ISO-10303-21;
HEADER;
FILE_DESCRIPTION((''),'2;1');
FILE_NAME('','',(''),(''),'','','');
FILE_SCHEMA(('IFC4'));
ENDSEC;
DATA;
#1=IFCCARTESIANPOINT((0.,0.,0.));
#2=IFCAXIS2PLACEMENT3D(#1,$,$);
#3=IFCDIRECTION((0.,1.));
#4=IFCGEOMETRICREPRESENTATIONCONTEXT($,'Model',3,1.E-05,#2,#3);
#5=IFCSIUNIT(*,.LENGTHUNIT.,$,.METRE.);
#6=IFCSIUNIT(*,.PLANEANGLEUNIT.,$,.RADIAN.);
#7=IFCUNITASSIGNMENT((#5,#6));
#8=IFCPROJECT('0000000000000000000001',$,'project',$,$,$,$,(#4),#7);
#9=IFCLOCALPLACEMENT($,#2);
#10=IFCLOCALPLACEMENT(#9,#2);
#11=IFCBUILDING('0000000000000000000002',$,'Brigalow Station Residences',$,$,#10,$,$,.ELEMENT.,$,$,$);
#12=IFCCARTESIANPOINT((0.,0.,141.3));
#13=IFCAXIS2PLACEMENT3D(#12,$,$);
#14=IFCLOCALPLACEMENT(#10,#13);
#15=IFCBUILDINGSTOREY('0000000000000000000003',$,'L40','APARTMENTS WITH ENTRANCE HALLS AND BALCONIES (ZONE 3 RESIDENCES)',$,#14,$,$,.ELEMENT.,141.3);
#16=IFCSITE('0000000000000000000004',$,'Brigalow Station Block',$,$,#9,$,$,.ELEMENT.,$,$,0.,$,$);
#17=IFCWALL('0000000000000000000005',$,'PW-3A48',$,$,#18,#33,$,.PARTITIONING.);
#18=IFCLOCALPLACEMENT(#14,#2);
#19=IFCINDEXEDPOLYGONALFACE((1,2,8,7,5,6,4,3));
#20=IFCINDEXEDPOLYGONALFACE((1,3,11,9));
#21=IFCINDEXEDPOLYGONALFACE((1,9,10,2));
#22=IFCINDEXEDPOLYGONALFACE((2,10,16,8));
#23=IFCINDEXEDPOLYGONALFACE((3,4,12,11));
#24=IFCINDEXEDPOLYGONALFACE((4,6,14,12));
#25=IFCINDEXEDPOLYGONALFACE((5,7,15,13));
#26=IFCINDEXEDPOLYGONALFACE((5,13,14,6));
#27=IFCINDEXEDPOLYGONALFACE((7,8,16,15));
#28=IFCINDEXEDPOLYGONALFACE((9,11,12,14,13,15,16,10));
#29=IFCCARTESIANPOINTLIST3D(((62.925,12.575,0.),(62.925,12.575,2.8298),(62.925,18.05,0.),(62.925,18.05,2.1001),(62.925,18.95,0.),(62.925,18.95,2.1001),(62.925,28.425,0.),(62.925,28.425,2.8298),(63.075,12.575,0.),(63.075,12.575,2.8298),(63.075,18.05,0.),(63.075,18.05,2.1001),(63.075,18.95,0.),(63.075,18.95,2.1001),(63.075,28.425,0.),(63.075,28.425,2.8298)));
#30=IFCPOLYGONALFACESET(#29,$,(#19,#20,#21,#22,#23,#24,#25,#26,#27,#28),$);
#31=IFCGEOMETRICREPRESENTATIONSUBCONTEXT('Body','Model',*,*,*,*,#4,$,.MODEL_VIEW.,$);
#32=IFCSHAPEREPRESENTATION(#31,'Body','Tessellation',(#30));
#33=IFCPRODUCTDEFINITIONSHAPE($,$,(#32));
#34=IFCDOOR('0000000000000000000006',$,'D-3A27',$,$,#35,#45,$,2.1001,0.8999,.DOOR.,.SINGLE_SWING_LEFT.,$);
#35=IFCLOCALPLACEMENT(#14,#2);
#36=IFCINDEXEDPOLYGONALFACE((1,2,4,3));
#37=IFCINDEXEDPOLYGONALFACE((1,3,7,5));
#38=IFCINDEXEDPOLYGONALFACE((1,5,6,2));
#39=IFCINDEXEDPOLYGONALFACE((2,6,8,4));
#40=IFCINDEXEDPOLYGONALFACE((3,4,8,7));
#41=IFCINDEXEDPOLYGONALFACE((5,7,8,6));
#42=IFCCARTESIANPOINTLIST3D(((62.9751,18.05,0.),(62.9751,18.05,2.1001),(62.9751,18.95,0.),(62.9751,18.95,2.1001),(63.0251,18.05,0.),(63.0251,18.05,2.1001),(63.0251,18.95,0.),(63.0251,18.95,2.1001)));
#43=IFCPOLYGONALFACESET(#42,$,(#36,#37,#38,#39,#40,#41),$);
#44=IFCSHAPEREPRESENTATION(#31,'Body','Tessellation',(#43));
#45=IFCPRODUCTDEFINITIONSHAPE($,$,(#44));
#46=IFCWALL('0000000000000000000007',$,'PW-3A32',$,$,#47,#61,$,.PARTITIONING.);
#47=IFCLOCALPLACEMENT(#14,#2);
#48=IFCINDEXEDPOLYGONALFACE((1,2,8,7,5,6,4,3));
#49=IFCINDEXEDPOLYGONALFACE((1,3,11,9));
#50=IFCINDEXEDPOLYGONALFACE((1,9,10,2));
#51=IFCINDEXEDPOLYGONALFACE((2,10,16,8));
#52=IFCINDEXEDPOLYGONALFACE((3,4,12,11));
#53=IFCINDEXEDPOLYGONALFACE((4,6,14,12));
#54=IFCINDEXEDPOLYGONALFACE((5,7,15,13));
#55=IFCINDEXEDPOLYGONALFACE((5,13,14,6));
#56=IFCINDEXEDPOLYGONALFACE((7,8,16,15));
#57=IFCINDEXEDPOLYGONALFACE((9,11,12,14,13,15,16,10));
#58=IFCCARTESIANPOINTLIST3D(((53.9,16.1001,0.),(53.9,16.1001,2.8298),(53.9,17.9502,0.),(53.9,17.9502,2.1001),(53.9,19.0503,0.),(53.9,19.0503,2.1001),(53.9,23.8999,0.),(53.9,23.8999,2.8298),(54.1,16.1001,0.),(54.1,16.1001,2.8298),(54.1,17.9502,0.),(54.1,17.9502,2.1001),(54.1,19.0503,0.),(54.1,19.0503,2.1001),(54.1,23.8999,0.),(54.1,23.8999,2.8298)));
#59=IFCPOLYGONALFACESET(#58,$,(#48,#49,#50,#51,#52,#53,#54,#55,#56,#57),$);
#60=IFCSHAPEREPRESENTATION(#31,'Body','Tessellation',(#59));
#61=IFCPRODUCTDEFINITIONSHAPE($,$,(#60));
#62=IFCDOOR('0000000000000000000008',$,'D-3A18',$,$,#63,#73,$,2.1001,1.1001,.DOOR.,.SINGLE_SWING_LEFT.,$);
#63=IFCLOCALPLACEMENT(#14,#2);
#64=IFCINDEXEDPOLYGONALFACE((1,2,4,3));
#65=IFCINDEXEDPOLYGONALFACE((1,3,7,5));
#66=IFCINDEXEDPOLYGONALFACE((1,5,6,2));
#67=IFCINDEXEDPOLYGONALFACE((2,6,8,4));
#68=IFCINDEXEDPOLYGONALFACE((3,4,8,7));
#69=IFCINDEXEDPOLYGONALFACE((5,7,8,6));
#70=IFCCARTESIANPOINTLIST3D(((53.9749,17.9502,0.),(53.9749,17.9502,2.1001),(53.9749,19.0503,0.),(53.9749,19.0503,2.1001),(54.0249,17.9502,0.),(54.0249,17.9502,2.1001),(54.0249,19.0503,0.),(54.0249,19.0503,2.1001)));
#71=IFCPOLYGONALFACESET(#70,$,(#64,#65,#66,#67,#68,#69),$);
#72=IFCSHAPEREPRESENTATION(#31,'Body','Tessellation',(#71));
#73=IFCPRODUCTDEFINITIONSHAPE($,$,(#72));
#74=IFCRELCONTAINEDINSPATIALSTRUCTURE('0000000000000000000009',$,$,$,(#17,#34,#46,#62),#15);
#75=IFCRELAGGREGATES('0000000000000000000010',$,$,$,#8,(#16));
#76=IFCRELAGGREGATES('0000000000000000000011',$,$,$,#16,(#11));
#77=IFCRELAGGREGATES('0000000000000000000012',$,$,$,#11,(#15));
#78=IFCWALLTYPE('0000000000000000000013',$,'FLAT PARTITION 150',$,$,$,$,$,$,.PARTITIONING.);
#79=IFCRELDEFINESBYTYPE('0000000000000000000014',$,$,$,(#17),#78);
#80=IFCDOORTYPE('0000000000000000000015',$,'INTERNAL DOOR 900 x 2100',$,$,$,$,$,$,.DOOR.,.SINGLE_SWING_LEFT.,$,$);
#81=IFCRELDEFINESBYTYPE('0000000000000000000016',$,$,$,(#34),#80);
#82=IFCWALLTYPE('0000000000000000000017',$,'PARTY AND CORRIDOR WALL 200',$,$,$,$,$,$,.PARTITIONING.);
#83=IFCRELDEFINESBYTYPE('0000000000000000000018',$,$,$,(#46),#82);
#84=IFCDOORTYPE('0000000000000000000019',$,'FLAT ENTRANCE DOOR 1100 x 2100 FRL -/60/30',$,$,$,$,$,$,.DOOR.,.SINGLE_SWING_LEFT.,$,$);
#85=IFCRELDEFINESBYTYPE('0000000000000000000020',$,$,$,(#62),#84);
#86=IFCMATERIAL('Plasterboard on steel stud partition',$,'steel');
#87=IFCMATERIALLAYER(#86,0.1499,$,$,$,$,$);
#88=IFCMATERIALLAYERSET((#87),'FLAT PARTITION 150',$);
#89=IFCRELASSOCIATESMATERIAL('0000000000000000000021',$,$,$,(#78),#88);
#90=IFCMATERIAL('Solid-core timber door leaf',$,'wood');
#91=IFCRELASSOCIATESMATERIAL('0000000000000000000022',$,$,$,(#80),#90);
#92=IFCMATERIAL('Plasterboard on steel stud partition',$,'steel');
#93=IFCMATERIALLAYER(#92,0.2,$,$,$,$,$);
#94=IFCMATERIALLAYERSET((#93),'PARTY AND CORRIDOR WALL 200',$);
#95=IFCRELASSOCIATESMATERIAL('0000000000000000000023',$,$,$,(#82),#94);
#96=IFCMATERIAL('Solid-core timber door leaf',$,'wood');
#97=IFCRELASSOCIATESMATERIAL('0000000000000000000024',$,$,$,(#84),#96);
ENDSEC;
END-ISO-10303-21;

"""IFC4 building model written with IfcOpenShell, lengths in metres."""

from ifc_helpers import new_model, si_unit, direction, frame, frame_2d, origin, place, context, subcontext, project, spatial, rectangle, extrude, material, layer, layer_set, type_object, element, fill, save


model = new_model("IFC4")

# Units and contexts
model_context = context("Model", 3, precision=1e-05, world=origin(), true_north=direction((0.0, 1.0)))
body_context = subcontext(model_context, "Body", "Model", "MODEL_VIEW")
ifc_project = project(units=[si_unit("LENGTHUNIT", "METRE"), si_unit("PLANEANGLEUNIT", "RADIAN")], contexts=[model_context])

# Site, building, storey
site_placement = place(None, origin())
site = spatial("IfcSite", under=ifc_project, at=site_placement, Name="Brigalow Station Block", CompositionType="ELEMENT", RefElevation=0.0)
building_placement = place(site_placement, origin())
building = spatial("IfcBuilding", under=site, at=building_placement, Name="Brigalow Station Residences", CompositionType="ELEMENT")
storey_placement = place(building_placement, frame((0.0, 0.0, 141.3)))
storey = spatial("IfcBuildingStorey", under=building, at=storey_placement, Name="L40", Description="APARTMENTS WITH ENTRANCE HALLS AND BALCONIES (ZONE 3 RESIDENCES)", CompositionType="ELEMENT", Elevation=141.3)

# Shared definitions
ifc_material_1 = material(Name="Plasterboard on steel stud partition", Category="steel")
ifc_layer_1 = layer(ifc_material_1, 0.1499)
ifc_layer_set_1 = layer_set([ifc_layer_1], Name="FLAT PARTITION 150")
wall_type_1 = type_object("IfcWallType", Name="FLAT PARTITION 150", PredefinedType="PARTITIONING", material=ifc_layer_set_1)
ifc_material_2 = material(Name="Solid-core timber door leaf", Category="wood")
door_type_1 = type_object("IfcDoorType", Name="INTERNAL DOOR 900 x 2100", OperationType="SINGLE_SWING_LEFT", PredefinedType="DOOR", material=ifc_material_2)

# Walls, openings, doors
wall_1_placement = place(storey_placement, frame((63.0, 12.575, 0.0), z_axis=(0.0, 0.0, 1.0), x_axis=(0.0, 1.0, 0.0)))
wall_1 = element("IfcWall", 1, at=wall_1_placement, inside=storey, type_object=wall_type_1, Name="PW-3A48", PredefinedType="PARTITIONING", context=body_context, shape_type="SweptSolid", body=[
    extrude(rectangle(XDim=15.8501, YDim=0.1499, at=frame_2d((7.925, 0.0))), origin(), (0.0, 0.0, 1.0), 2.8298),
])
opening_1_placement = place(wall_1_placement, frame((5.4751, 0.0, 0.0)))
opening_1 = element("IfcOpeningElement", 2, at=opening_1_placement, cuts=wall_1, PredefinedType="OPENING", context=body_context, shape_type="SweptSolid", body=[
    extrude(rectangle(XDim=0.8999, YDim=2.1001, at=frame_2d((0.45, 1.05))), frame((0.0, 0.085, 0.0), z_axis=(0.0, -1.0, 0.0), x_axis=(1.0, 0.0, 0.0)), (0.0, 0.0, 1.0), 0.1699),
])
door_1_placement = place(opening_1_placement, origin())
door_1 = element("IfcDoor", 3, at=door_1_placement, inside=storey, type_object=door_type_1, Name="D-3A27", OperationType="SINGLE_SWING_LEFT", OverallHeight=2.1001, OverallWidth=0.8999, PredefinedType="DOOR", context=body_context, shape_type="SweptSolid", body=[
    extrude(rectangle(XDim=0.8999, YDim=2.1001, at=frame_2d((0.45, 1.05))), frame((0.0, 0.0249, 0.0), z_axis=(0.0, -1.0, 0.0), x_axis=(1.0, 0.0, 0.0)), (0.0, 0.0, 1.0), 0.05),
])
fill(opening_1, door_1)
ifc_material_3 = material(Name="Plasterboard on steel stud partition", Category="steel")
ifc_layer_2 = layer(ifc_material_3, 0.2)
ifc_layer_set_2 = layer_set([ifc_layer_2], Name="PARTY AND CORRIDOR WALL 200")
wall_type_2 = type_object("IfcWallType", Name="PARTY AND CORRIDOR WALL 200", PredefinedType="PARTITIONING", material=ifc_layer_set_2)
wall_2_placement = place(storey_placement, frame((54.0, 16.1001, 0.0), z_axis=(0.0, 0.0, 1.0), x_axis=(0.0, 1.0, 0.0)))
wall_2 = element("IfcWall", 4, at=wall_2_placement, inside=storey, type_object=wall_type_2, Name="PW-3A32", PredefinedType="PARTITIONING", context=body_context, shape_type="SweptSolid", body=[
    extrude(rectangle(XDim=7.7998, YDim=0.2, at=frame_2d((3.8999, 0.0))), origin(), (0.0, 0.0, 1.0), 2.8298),
])
opening_2_placement = place(wall_2_placement, frame((1.8501, 0.0, 0.0)))
opening_2 = element("IfcOpeningElement", 5, at=opening_2_placement, cuts=wall_2, PredefinedType="OPENING", context=body_context, shape_type="SweptSolid", body=[
    extrude(rectangle(XDim=1.1001, YDim=2.1001, at=frame_2d((0.55, 1.05))), frame((0.0, 0.1099, 0.0), z_axis=(0.0, -1.0, 0.0), x_axis=(1.0, 0.0, 0.0)), (0.0, 0.0, 1.0), 0.22),
])
ifc_material_4 = material(Name="Solid-core timber door leaf", Category="wood")
door_type_2 = type_object("IfcDoorType", Name="FLAT ENTRANCE DOOR 1100 x 2100 FRL -/60/30", OperationType="SINGLE_SWING_LEFT", PredefinedType="DOOR", material=ifc_material_4)
door_2_placement = place(opening_2_placement, frame((1.1001, 0.0, 0.0), z_axis=(0.0, 0.0, 1.0), x_axis=(-1.0, 0.0, 0.0)))
door_2 = element("IfcDoor", 6, at=door_2_placement, inside=storey, type_object=door_type_2, Name="D-3A18", OperationType="SINGLE_SWING_LEFT", OverallHeight=2.1001, OverallWidth=1.1001, PredefinedType="DOOR", context=body_context, shape_type="SweptSolid", body=[
    extrude(rectangle(XDim=1.1001, YDim=2.1001, at=frame_2d((0.55, 1.05))), frame((0.0, 0.0249, 0.0), z_axis=(0.0, -1.0, 0.0), x_axis=(1.0, 0.0, 0.0)), (0.0, 0.0, 1.0), 0.05),
])
fill(opening_2, door_2)

save(model, "model.ifc")
